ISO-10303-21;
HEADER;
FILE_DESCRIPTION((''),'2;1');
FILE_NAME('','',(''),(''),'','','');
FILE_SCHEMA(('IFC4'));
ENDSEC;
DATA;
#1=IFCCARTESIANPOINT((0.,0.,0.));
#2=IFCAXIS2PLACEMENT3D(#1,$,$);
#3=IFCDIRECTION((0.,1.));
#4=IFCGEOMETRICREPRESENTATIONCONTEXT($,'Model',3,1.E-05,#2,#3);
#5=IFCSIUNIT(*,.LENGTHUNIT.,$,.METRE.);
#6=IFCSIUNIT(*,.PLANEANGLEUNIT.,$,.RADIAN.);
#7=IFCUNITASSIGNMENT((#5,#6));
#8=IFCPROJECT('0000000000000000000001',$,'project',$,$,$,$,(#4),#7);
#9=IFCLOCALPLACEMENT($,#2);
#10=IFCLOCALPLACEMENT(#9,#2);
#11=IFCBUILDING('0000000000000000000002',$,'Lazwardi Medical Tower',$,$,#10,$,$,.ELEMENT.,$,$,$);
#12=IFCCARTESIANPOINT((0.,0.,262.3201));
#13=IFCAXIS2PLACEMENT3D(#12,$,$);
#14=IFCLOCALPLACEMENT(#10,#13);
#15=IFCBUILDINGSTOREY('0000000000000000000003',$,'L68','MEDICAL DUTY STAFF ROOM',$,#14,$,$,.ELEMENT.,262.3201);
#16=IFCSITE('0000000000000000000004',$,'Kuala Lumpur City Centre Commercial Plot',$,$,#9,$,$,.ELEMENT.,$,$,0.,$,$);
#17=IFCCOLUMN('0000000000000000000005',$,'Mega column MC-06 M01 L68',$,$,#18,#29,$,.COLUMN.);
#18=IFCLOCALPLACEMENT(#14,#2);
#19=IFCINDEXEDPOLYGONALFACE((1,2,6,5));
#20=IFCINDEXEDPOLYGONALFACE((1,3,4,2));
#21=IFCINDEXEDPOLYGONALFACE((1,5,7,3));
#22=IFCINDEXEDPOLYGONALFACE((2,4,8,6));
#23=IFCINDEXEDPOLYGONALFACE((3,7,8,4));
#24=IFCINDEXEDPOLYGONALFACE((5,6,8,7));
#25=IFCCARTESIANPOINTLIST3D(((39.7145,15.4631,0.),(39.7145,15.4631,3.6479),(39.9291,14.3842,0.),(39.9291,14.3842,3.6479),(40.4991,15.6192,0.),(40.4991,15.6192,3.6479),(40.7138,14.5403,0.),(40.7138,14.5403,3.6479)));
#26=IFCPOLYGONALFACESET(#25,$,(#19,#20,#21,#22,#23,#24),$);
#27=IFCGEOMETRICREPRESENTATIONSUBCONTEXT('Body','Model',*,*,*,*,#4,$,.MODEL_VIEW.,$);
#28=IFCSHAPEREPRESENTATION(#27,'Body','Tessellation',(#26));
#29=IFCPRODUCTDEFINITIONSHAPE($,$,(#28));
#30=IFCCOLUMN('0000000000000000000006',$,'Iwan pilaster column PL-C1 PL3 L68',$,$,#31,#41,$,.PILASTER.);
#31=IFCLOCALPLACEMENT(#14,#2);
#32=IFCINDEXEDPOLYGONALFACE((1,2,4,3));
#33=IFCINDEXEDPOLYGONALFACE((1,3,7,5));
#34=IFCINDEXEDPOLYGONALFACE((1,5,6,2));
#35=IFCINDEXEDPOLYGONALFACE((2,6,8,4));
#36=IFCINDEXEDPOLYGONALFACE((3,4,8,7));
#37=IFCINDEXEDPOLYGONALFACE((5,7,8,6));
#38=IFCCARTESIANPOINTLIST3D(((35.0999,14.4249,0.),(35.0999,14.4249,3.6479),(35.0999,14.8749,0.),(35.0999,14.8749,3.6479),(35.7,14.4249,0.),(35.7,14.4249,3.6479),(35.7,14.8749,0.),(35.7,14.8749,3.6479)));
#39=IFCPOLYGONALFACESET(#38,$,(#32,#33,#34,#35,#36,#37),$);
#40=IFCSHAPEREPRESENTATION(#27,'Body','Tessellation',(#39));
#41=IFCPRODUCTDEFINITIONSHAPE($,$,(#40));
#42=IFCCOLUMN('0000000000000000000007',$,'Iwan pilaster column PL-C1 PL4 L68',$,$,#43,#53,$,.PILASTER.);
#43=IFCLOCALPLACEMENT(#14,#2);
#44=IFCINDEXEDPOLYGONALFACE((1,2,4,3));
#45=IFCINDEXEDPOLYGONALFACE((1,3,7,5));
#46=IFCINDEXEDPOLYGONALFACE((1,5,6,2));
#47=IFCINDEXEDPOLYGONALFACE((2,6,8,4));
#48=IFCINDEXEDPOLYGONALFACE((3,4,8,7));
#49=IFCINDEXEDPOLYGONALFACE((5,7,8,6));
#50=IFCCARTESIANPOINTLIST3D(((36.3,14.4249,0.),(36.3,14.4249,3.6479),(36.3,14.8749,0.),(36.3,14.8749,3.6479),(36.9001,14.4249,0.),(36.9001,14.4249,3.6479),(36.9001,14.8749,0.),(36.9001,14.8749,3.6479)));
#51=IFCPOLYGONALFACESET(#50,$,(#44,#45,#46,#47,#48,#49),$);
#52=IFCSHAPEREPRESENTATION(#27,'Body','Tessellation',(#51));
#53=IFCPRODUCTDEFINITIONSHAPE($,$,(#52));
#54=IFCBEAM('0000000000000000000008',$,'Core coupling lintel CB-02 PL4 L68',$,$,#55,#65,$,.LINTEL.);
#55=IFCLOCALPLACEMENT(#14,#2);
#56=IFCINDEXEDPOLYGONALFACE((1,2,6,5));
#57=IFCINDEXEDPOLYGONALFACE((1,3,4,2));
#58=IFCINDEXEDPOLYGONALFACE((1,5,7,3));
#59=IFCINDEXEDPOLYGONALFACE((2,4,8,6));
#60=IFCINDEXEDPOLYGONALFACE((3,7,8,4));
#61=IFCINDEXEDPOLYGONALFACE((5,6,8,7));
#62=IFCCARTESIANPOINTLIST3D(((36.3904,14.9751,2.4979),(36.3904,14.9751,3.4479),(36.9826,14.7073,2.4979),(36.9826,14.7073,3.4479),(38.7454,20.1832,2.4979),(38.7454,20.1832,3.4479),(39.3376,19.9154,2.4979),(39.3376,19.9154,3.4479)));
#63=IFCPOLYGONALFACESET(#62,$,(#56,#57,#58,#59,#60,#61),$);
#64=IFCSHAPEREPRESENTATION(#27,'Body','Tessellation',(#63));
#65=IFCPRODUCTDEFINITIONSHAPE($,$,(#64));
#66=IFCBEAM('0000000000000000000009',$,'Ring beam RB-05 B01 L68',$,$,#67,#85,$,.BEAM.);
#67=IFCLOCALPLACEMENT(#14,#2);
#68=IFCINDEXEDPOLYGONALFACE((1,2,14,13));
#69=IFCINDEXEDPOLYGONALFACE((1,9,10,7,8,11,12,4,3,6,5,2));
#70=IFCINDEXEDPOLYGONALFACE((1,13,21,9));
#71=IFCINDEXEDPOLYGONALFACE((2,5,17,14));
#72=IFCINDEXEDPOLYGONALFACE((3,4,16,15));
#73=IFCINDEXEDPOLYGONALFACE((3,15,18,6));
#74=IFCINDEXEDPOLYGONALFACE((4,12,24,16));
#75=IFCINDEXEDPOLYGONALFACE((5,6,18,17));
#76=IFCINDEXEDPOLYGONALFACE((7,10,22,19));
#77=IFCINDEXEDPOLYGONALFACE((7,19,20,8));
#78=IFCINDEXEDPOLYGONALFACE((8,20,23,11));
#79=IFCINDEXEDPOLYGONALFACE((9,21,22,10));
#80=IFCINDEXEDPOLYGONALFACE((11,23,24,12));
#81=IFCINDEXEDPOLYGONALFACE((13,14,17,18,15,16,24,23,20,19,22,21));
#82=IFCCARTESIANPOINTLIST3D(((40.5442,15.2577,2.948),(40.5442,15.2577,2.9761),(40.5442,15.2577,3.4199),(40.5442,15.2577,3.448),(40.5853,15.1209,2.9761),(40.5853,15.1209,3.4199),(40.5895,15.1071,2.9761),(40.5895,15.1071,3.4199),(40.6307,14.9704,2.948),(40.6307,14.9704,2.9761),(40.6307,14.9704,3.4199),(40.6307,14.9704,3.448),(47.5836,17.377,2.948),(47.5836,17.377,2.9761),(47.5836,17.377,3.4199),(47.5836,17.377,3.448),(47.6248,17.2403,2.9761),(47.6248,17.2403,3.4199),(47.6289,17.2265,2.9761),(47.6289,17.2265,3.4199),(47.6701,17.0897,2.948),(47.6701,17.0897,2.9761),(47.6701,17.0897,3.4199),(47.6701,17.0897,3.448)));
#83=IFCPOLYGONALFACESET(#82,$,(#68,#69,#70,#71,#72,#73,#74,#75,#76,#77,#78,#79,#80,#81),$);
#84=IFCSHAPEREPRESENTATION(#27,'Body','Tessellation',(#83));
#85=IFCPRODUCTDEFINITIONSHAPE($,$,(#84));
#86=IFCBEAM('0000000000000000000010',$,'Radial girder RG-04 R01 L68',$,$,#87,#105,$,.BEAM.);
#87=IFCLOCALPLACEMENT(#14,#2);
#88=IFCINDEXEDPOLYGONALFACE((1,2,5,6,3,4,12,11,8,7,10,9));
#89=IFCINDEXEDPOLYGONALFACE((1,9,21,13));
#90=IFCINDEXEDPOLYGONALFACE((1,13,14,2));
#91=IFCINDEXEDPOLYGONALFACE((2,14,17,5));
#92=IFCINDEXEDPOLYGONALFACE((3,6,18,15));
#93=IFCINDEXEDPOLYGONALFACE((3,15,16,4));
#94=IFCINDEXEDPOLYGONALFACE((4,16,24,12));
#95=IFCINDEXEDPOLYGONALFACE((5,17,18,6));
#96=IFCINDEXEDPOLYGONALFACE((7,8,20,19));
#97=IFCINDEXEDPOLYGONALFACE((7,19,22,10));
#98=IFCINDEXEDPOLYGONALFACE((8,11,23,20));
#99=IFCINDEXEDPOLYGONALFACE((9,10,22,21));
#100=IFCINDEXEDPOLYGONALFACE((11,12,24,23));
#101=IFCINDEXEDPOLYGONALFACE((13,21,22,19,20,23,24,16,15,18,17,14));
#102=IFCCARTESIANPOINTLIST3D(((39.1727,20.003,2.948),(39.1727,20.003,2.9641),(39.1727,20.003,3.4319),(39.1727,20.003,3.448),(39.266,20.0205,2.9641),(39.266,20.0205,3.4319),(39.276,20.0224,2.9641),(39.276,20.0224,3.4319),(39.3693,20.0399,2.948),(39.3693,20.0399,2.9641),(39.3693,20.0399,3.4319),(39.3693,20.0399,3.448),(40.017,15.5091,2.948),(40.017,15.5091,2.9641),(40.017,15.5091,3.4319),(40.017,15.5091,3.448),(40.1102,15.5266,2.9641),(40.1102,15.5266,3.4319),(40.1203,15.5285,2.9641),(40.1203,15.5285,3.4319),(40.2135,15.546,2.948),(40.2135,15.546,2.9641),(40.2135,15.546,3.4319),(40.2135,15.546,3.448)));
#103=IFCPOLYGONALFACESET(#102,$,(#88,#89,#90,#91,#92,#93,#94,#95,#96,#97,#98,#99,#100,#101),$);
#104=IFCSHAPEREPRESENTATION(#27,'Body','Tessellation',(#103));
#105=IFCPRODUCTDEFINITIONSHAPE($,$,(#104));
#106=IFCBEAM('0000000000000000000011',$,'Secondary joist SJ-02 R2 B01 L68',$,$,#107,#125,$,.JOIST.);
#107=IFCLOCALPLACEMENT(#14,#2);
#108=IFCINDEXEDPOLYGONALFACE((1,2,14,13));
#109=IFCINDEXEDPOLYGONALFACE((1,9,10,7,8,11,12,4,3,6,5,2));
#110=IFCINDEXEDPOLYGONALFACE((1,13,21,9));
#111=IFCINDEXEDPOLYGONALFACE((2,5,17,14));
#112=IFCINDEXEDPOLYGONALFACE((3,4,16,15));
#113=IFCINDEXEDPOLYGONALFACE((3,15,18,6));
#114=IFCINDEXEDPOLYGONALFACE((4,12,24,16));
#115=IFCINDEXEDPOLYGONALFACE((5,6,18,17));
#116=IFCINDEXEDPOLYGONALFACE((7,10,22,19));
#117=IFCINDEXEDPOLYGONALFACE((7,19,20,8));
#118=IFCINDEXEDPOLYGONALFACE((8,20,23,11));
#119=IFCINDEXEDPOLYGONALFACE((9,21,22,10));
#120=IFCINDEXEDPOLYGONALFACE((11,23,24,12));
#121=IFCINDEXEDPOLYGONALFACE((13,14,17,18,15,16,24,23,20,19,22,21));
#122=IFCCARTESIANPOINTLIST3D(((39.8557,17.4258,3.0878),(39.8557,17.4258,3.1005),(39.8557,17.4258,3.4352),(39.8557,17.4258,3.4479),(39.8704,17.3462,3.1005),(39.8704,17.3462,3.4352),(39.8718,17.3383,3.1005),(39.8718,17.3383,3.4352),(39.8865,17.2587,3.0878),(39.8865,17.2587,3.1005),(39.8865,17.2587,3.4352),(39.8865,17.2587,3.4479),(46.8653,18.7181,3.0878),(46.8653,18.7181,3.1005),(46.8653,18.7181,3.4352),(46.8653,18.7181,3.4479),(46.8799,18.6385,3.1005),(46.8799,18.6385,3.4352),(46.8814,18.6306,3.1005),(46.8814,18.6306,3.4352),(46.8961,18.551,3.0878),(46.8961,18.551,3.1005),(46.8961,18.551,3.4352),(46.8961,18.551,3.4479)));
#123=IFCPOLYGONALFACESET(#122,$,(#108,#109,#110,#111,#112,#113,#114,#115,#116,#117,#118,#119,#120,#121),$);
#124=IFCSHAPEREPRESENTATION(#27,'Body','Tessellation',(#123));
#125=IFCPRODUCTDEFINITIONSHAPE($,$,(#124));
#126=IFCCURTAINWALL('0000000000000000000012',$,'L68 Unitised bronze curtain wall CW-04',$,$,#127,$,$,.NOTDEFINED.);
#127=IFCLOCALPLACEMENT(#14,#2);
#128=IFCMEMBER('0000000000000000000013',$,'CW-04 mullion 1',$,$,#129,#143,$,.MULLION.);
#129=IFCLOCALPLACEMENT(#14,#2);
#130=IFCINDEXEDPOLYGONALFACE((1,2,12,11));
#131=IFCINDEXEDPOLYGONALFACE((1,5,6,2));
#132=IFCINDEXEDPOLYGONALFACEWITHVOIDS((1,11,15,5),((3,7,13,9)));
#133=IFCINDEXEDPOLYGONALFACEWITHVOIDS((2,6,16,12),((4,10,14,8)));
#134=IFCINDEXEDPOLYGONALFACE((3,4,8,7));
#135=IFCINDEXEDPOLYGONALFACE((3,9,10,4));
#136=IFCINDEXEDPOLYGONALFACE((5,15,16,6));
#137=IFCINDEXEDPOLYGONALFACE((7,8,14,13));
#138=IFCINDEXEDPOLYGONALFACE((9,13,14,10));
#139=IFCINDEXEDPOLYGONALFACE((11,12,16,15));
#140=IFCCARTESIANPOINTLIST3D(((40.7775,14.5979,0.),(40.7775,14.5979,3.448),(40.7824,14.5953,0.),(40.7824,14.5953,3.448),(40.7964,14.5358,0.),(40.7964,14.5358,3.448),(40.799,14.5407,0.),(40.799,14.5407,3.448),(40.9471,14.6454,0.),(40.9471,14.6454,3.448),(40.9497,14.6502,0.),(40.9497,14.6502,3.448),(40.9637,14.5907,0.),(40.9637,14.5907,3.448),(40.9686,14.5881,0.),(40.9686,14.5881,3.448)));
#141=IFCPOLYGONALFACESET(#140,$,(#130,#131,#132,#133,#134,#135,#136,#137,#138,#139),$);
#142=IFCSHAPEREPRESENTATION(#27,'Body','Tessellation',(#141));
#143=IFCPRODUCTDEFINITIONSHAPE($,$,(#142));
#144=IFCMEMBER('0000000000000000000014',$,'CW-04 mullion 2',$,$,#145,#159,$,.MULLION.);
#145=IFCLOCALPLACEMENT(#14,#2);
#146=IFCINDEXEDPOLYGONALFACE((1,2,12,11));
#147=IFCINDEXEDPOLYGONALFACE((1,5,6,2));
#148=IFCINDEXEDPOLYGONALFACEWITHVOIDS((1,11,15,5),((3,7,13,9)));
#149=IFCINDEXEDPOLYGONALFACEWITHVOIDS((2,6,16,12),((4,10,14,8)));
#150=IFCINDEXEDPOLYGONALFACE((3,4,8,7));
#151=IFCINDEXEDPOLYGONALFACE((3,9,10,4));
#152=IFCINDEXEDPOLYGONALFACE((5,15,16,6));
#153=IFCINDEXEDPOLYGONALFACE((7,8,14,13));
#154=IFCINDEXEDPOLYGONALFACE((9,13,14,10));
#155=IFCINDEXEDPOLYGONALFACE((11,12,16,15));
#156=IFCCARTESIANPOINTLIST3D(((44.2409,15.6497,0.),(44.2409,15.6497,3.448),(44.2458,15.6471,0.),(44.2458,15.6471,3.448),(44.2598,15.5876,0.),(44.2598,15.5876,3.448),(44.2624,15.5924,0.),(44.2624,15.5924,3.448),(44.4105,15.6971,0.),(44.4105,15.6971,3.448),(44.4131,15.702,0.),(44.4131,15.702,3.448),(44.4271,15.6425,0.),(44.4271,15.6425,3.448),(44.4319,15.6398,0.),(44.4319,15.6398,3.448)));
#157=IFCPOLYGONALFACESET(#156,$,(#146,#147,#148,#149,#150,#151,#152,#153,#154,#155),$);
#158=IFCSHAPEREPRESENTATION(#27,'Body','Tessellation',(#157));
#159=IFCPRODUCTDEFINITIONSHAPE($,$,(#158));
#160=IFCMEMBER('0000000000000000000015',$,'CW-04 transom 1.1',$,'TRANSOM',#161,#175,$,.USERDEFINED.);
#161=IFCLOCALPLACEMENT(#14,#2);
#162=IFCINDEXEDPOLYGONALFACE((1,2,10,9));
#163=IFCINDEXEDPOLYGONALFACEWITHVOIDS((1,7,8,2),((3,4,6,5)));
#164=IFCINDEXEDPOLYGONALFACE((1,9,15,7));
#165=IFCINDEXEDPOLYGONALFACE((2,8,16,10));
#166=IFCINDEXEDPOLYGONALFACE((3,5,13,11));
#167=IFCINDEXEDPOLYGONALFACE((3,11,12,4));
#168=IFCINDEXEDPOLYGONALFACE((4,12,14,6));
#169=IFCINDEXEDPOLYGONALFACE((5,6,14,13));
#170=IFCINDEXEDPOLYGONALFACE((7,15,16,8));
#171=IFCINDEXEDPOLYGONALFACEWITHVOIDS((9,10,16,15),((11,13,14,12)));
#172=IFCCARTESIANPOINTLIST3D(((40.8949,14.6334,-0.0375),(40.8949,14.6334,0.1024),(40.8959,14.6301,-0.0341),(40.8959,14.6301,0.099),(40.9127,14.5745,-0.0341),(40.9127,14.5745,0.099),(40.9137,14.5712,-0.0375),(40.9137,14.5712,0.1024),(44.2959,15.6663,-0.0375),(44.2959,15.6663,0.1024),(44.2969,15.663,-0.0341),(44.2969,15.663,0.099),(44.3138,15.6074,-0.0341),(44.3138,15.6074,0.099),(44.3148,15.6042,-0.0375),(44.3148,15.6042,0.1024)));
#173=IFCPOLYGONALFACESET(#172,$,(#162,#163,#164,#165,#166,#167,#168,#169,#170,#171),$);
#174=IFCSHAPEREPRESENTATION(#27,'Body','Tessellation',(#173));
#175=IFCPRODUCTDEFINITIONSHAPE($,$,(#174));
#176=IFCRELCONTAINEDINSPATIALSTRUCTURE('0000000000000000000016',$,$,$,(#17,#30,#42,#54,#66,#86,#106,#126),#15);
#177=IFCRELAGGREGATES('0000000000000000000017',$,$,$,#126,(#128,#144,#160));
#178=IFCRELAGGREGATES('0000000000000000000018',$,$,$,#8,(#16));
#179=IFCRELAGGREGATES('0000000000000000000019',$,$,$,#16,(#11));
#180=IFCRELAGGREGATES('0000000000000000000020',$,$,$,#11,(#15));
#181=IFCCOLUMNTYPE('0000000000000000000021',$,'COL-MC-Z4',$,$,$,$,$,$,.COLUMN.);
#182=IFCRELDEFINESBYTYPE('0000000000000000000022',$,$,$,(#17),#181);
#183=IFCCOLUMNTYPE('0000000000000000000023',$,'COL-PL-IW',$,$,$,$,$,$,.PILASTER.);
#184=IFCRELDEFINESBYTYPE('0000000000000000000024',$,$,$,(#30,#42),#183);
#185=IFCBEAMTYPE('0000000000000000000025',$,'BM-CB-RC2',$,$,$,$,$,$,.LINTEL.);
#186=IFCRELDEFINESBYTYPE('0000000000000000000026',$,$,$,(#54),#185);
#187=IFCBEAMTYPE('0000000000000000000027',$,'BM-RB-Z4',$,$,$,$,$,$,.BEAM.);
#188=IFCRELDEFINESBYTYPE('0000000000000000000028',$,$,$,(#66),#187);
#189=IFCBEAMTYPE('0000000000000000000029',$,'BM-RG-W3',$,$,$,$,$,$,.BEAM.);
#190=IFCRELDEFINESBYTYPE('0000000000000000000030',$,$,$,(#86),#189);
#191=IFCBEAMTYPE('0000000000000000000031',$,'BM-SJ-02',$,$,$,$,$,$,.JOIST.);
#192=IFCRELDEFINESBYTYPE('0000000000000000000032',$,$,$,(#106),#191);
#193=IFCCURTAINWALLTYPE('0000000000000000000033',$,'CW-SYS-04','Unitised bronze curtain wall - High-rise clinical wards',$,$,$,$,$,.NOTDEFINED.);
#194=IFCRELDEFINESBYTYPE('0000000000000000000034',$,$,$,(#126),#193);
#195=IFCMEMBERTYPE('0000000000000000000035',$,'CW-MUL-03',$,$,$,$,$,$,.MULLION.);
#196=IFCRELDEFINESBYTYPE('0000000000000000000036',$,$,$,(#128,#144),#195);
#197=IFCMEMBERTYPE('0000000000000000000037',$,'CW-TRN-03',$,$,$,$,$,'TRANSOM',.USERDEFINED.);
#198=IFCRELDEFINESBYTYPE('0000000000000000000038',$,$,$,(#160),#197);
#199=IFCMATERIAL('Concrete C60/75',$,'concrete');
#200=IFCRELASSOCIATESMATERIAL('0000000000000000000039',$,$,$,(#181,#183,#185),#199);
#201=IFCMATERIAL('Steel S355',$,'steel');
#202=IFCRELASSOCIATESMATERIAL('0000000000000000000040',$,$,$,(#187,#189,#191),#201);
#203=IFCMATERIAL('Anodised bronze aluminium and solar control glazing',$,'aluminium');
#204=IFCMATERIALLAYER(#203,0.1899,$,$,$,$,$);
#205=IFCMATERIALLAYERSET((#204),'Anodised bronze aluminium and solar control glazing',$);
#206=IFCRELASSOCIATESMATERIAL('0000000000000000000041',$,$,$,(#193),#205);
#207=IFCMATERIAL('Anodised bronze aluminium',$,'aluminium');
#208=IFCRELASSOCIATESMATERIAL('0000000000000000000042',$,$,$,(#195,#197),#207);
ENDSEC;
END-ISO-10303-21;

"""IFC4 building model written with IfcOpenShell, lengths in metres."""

from ifc_helpers import new_model, si_unit, direction, frame, origin, origin_2d, place, context, subcontext, project, spatial, rectangle, hollow_rectangle, i_section, extrude, material, layer, layer_set, material_profile, profile_set, type_object, element, aggregate, save


model = new_model("IFC4")

# Units and contexts
model_context = context("Model", 3, precision=1e-05, world=origin(), true_north=direction((0.0, 1.0)))
body_context = subcontext(model_context, "Body", "Model", "MODEL_VIEW")
ifc_project = project(units=[si_unit("LENGTHUNIT", "METRE"), si_unit("PLANEANGLEUNIT", "RADIAN")], contexts=[model_context])

# Site, building, storey
site_placement = place(None, origin())
site = spatial("IfcSite", under=ifc_project, at=site_placement, Name="Kuala Lumpur City Centre Commercial Plot", CompositionType="ELEMENT", RefElevation=0.0)
building_placement = place(site_placement, origin())
building = spatial("IfcBuilding", under=site, at=building_placement, Name="Lazwardi Medical Tower", CompositionType="ELEMENT")
storey_placement = place(building_placement, frame((0.0, 0.0, 262.3201)))
storey = spatial("IfcBuildingStorey", under=building, at=storey_placement, Name="L68", Description="MEDICAL DUTY STAFF ROOM", CompositionType="ELEMENT", Elevation=262.3201)

# Columns
ifc_material_1 = material(Name="Concrete C60/75", Category="concrete")
ifc_material_profile_1 = material_profile(ifc_material_1, rectangle(XDim=1.1001, YDim=0.8, at=origin_2d()), Name="CFT-RECT 1100x800")
ifc_profile_set_1 = profile_set([ifc_material_profile_1], Name="Concrete C60/75")
column_type_1 = type_object("IfcColumnType", Name="COL-MC-Z4", PredefinedType="COLUMN", material=ifc_profile_set_1)
column_placement = place(storey_placement, frame((40.2141, 15.0017, 0.0), z_axis=(0.0, 0.0, 1.0), x_axis=(0.19509, -0.980785, 0.0)))
element("IfcColumn", 1, at=column_placement, inside=storey, type_object=column_type_1, Name="Mega column MC-06 M01 L68", PredefinedType="COLUMN", context=body_context, shape_type="SweptSolid", body=[
    extrude(rectangle(XDim=1.1001, YDim=0.8, at=origin_2d()), origin(), (0.0, 0.0, 1.0), 3.6479),
])
ifc_material_profile_2 = material_profile(ifc_material_1, rectangle(XDim=0.6001, YDim=0.45, at=origin_2d()), Name="RC 600x450")
ifc_profile_set_2 = profile_set([ifc_material_profile_2], Name="Concrete C60/75")
column_type_2 = type_object("IfcColumnType", Name="COL-PL-IW", PredefinedType="PILASTER", material=ifc_profile_set_2)
for number, where, z_axis, x_axis, name in (
    (2, (35.3999, 14.6499, 0.0), (0.0, 0.0, 1.0), (1.0, 0.0, 0.0), "Iwan pilaster column PL-C1 PL3 L68"),
    (3, (36.6001, 14.6499, 0.0), (0.0, 0.0, 1.0), (1.0, 0.0, 0.0), "Iwan pilaster column PL-C1 PL4 L68"),
):
    element("IfcColumn", number, at=place(storey_placement, frame(where, z_axis=z_axis, x_axis=x_axis)), inside=storey, type_object=column_type_2, Name=name, PredefinedType="PILASTER", context=body_context, shape_type="SweptSolid", body=[
        extrude(rectangle(XDim=0.6001, YDim=0.45, at=origin_2d()), origin(), (0.0, 0.0, 1.0), 3.6479),
    ])

# Beams
ifc_material_profile_3 = material_profile(ifc_material_1, rectangle(XDim=0.6499, YDim=0.95, at=origin_2d()), Name="RC 650x950")
ifc_profile_set_3 = profile_set([ifc_material_profile_3], Name="Concrete C60/75")
beam_type_1 = type_object("IfcBeamType", Name="BM-CB-RC2", PredefinedType="LINTEL", material=ifc_profile_set_3)
beam_1_placement = place(storey_placement, frame((39.0415, 20.0493, 2.9729), z_axis=(-0.412019, -0.911175, 0.0), x_axis=(0.911175, -0.412019, 0.0)))
element("IfcBeam", 4, at=beam_1_placement, inside=storey, type_object=beam_type_1, Name="Core coupling lintel CB-02 PL4 L68", PredefinedType="LINTEL", context=body_context, shape_type="SweptSolid", body=[
    extrude(rectangle(XDim=0.6499, YDim=0.95, at=origin_2d()), origin(), (0.0, 0.0, 1.0), 5.7158),
])
ifc_material_2 = material(Name="Steel S355", Category="steel")
ifc_material_profile_4 = material_profile(ifc_material_2, i_section(OverallWidth=0.3, OverallDepth=0.5, WebThickness=0.0144, FlangeThickness=0.0281, at=origin_2d()), Name="HEB 500")
ifc_profile_set_4 = profile_set([ifc_material_profile_4], Name="Steel S355")
beam_type_2 = type_object("IfcBeamType", Name="BM-RB-Z4", PredefinedType="BEAM", material=ifc_profile_set_4)
beam_2_placement = place(storey_placement, frame((40.5874, 15.114, 3.198), z_axis=(0.957544, 0.288286, 0.0), x_axis=(-0.288286, 0.957544, 0.0)))
element("IfcBeam", 5, at=beam_2_placement, inside=storey, type_object=beam_type_2, Name="Ring beam RB-05 B01 L68", PredefinedType="BEAM", context=body_context, shape_type="SweptSolid", body=[
    extrude(i_section(OverallWidth=0.3, OverallDepth=0.5, WebThickness=0.0144, FlangeThickness=0.0281, at=origin_2d()), origin(), (0.0, 0.0, 1.0), 7.3516),
])
ifc_material_profile_5 = material_profile(ifc_material_2, i_section(OverallWidth=0.2, OverallDepth=0.5, WebThickness=0.0103, FlangeThickness=0.0161, at=origin_2d()), Name="IPE 500")
ifc_profile_set_5 = profile_set([ifc_material_profile_5], Name="Steel S355")
beam_type_3 = type_object("IfcBeamType", Name="BM-RG-W3", PredefinedType="BEAM", material=ifc_profile_set_5)
beam_3_placement = place(storey_placement, frame((40.1152, 15.5276, 3.198), z_axis=(-0.184633, 0.982807, 0.0), x_axis=(-0.982807, -0.184633, 0.0)))
element("IfcBeam", 6, at=beam_3_placement, inside=storey, type_object=beam_type_3, Name="Radial girder RG-04 R01 L68", PredefinedType="BEAM", context=body_context, shape_type="SweptSolid", body=[
    extrude(i_section(OverallWidth=0.2, OverallDepth=0.5, WebThickness=0.0103, FlangeThickness=0.0161, at=origin_2d()), origin(), (0.0, 0.0, 1.0), 4.5725),
])
ifc_material_profile_6 = material_profile(ifc_material_2, i_section(OverallWidth=0.1699, OverallDepth=0.3601, WebThickness=0.0081, FlangeThickness=0.0127, at=origin_2d()), Name="IPE 360")
ifc_profile_set_6 = profile_set([ifc_material_profile_6], Name="Steel S355")
beam_type_4 = type_object("IfcBeamType", Name="BM-SJ-02", PredefinedType="JOIST", material=ifc_profile_set_6)
beam_4_placement = place(storey_placement, frame((39.8711, 17.3423, 3.2678), z_axis=(0.983428, 0.181299, 0.0), x_axis=(-0.181299, 0.983428, 0.0)))
element("IfcBeam", 7, at=beam_4_placement, inside=storey, type_object=beam_type_4, Name="Secondary joist SJ-02 R2 B01 L68", PredefinedType="JOIST", context=body_context, shape_type="SweptSolid", body=[
    extrude(i_section(OverallWidth=0.1699, OverallDepth=0.3601, WebThickness=0.0081, FlangeThickness=0.0127, at=origin_2d()), origin(), (0.0, 0.0, 1.0), 7.1277),
])

# Curtain wall, members
ifc_material_3 = material(Name="Anodised bronze aluminium and solar control glazing", Category="aluminium")
ifc_layer_1 = layer(ifc_material_3, 0.1899)
ifc_layer_set_1 = layer_set([ifc_layer_1], Name="Anodised bronze aluminium and solar control glazing")
curtain_wall_type = type_object("IfcCurtainWallType", Name="CW-SYS-04", Description="Unitised bronze curtain wall - High-rise clinical wards", PredefinedType="NOTDEFINED", material=ifc_layer_set_1)
curtain_wall_placement = place(storey_placement, origin())
curtain_wall = element("IfcCurtainWall", 8, at=curtain_wall_placement, inside=storey, type_object=curtain_wall_type, Name="L68 Unitised bronze curtain wall CW-04", PredefinedType="NOTDEFINED")
ifc_material_4 = material(Name="Anodised bronze aluminium", Category="aluminium")
ifc_material_profile_7 = material_profile(ifc_material_4, hollow_rectangle(XDim=0.0649, YDim=0.1799, WallThickness=0.0039, at=origin_2d()), Name="ALU-MULLION 180x65x4")
ifc_profile_set_7 = profile_set([ifc_material_profile_7], Name="Anodised bronze aluminium")
member_type_1 = type_object("IfcMemberType", Name="CW-MUL-03", PredefinedType="MULLION", material=ifc_profile_set_7)
member_1_placement = place(storey_placement, frame((40.873, 14.593, 0.0), z_axis=(0.0, 0.0, 1.0), x_axis=(-0.290582, 0.95685, 0.0)))
member_1 = element("IfcMember", 9, at=member_1_placement, type_object=member_type_1, Name="CW-04 mullion 1", PredefinedType="MULLION", context=body_context, shape_type="SweptSolid", body=[
    extrude(hollow_rectangle(XDim=0.0649, YDim=0.1799, WallThickness=0.0039, at=origin_2d()), origin(), (0.0, 0.0, 1.0), 3.448),
])
member_2_placement = place(storey_placement, frame((44.3364, 15.6448, 0.0), z_axis=(0.0, 0.0, 1.0), x_axis=(-0.290582, 0.95685, 0.0)))
member_2 = element("IfcMember", 10, at=member_2_placement, type_object=member_type_1, Name="CW-04 mullion 2", PredefinedType="MULLION", context=body_context, shape_type="SweptSolid", body=[
    extrude(hollow_rectangle(XDim=0.0649, YDim=0.1799, WallThickness=0.0039, at=origin_2d()), origin(), (0.0, 0.0, 1.0), 3.448),
])
ifc_material_profile_8 = material_profile(ifc_material_4, hollow_rectangle(XDim=0.0649, YDim=0.1399, WallThickness=0.0034, at=origin_2d()), Name="ALU-TRANSOM 140x65x3.5")
ifc_profile_set_8 = profile_set([ifc_material_profile_8], Name="Anodised bronze aluminium")
member_type_2 = type_object("IfcMemberType", Name="CW-TRN-03", ElementType="TRANSOM", PredefinedType="USERDEFINED", material=ifc_profile_set_8)
member_3_placement = place(storey_placement, frame((40.9043, 14.6023, 0.0325), z_axis=(0.956843, 0.290604, 0.0), x_axis=(-0.290604, 0.956843, 0.0)))
member_3 = element("IfcMember", 11, at=member_3_placement, type_object=member_type_2, Name="CW-04 transom 1.1", ObjectType="TRANSOM", PredefinedType="USERDEFINED", context=body_context, shape_type="SweptSolid", body=[
    extrude(hollow_rectangle(XDim=0.0649, YDim=0.1399, WallThickness=0.0034, at=origin_2d()), origin(), (0.0, 0.0, 1.0), 3.5544),
])
aggregate(curtain_wall, [member_1, member_2, member_3])

save(model, "model.ifc")
